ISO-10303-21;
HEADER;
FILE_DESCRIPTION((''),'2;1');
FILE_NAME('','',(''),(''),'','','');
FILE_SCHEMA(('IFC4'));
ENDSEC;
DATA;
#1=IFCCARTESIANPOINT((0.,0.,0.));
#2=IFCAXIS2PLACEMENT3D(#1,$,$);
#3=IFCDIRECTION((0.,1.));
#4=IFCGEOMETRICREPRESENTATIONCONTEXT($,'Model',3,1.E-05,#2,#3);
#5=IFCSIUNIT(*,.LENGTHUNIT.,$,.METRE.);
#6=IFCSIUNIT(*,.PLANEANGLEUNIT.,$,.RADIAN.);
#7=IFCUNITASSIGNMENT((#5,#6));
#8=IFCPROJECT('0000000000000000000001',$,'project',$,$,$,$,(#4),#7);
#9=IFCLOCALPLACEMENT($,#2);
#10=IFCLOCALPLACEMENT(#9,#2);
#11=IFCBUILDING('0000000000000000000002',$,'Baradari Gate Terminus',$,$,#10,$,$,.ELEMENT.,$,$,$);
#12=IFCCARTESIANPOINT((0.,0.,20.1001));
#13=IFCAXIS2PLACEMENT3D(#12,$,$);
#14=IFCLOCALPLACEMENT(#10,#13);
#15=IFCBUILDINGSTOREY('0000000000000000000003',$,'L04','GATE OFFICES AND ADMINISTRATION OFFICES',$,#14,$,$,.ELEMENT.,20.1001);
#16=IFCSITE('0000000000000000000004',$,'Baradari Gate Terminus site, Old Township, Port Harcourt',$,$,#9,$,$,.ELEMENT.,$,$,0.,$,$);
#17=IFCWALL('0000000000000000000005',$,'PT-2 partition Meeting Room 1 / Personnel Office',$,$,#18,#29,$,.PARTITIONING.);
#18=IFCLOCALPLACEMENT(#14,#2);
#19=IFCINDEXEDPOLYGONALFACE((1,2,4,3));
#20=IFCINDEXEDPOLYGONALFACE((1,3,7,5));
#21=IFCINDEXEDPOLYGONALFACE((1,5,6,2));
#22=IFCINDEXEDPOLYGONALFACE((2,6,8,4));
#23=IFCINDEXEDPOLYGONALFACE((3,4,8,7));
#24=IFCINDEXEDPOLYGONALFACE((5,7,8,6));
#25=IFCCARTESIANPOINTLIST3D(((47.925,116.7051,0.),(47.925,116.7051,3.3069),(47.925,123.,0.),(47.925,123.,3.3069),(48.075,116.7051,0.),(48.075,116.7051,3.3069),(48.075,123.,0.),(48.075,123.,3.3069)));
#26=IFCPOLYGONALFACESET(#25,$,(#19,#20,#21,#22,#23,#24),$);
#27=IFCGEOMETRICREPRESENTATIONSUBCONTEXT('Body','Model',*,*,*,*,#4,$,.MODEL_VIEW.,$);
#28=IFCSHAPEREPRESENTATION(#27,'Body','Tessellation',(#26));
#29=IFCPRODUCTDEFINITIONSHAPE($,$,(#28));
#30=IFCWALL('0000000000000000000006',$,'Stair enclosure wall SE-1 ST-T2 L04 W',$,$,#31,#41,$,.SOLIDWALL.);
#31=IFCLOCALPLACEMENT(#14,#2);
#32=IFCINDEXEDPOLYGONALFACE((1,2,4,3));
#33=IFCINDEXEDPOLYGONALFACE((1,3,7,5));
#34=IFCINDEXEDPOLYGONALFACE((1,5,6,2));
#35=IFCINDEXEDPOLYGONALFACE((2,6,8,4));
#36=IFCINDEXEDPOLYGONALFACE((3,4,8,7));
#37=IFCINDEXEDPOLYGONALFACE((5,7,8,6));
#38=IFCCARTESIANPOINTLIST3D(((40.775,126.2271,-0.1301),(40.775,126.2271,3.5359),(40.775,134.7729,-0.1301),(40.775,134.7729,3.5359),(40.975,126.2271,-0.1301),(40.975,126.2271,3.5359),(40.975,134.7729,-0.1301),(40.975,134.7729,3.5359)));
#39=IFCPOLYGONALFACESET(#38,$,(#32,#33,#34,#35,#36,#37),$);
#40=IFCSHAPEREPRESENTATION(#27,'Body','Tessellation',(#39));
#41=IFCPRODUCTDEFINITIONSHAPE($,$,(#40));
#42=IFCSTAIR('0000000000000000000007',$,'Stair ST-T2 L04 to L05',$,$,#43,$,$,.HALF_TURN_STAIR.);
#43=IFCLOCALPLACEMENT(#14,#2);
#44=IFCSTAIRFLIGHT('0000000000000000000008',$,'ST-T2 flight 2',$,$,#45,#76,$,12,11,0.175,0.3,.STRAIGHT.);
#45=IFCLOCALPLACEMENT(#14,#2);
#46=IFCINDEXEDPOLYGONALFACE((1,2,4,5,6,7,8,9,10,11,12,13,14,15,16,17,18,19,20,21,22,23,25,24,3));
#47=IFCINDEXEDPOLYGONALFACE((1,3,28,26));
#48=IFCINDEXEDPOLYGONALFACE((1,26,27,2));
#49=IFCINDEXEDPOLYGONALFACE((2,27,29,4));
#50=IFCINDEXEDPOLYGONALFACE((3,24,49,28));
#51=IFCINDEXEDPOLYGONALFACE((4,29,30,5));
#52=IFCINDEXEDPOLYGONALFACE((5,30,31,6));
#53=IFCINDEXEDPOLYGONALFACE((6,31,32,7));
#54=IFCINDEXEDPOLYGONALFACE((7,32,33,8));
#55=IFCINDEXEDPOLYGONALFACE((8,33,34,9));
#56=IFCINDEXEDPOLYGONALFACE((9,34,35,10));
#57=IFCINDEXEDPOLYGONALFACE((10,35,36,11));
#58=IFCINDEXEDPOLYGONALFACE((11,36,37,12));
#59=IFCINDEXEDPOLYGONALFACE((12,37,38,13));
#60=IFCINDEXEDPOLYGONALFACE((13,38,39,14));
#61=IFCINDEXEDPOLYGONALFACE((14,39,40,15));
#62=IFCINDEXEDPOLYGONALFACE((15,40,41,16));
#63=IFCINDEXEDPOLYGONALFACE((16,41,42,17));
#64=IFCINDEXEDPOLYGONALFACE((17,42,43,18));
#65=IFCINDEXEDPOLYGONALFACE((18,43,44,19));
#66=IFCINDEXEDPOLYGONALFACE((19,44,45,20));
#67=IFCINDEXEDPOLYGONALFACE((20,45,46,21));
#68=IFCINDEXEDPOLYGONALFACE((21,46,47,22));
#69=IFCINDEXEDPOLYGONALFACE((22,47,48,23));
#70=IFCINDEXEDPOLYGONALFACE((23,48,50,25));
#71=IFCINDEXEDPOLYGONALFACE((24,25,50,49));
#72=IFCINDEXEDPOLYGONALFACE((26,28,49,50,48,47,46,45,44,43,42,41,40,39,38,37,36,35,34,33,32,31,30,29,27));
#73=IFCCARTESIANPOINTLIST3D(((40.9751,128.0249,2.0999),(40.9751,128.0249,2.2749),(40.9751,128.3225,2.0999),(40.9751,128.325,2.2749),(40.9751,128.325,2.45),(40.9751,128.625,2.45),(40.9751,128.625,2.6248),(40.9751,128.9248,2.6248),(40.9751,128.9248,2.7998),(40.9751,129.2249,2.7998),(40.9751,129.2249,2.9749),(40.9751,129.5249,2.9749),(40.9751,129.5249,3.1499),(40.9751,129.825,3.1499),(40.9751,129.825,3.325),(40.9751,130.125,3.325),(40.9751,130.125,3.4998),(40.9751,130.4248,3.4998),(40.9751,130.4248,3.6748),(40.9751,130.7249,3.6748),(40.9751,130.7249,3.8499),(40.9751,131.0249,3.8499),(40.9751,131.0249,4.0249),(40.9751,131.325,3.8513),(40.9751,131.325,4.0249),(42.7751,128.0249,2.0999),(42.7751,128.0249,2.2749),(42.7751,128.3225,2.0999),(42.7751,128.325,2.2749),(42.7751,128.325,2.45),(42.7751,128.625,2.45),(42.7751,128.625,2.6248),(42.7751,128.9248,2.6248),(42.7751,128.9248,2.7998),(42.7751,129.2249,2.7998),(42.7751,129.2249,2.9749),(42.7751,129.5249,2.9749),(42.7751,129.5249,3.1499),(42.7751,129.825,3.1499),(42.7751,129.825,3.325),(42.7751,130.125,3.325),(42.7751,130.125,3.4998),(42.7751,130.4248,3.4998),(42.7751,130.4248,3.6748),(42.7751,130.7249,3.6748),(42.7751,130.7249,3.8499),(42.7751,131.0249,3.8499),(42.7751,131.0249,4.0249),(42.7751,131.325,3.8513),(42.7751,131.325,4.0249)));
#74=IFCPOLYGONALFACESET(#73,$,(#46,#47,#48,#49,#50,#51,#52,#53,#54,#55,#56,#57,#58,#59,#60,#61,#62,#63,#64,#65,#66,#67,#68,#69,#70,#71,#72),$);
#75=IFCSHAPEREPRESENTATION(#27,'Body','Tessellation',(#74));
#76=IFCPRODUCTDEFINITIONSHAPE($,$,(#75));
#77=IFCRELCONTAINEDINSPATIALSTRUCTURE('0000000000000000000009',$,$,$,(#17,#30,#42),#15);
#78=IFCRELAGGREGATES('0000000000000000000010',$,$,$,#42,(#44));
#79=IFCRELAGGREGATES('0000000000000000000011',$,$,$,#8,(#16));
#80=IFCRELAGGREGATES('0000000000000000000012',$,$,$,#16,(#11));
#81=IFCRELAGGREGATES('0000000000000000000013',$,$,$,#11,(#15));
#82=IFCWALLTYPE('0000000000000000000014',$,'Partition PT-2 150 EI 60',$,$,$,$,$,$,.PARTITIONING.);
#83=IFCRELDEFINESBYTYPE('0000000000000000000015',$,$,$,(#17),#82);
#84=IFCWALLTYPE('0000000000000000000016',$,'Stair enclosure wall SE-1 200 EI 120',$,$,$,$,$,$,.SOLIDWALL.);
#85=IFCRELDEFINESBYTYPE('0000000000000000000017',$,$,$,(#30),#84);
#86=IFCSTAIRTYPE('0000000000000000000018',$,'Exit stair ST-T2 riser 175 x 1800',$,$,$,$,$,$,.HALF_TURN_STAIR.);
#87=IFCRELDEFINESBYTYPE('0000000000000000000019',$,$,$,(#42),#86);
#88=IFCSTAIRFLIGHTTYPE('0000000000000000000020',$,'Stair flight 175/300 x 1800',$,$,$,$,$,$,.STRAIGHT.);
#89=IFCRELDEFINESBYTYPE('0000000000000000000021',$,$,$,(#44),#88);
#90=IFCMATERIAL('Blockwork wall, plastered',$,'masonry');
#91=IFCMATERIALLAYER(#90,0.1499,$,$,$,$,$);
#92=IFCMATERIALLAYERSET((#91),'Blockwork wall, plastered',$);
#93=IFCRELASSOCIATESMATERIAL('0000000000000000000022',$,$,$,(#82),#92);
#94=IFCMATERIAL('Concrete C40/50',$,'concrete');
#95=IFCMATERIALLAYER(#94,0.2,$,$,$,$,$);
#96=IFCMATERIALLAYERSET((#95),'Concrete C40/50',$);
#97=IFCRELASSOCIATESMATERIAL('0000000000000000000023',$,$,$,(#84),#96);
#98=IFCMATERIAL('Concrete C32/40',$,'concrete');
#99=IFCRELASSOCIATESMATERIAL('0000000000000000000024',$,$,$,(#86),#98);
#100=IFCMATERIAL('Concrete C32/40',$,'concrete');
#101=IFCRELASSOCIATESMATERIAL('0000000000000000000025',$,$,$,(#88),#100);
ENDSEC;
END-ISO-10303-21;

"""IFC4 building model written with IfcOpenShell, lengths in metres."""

from ifc_helpers import new_model, si_unit, direction, frame, frame_2d, origin, place, context, subcontext, project, spatial, polyline, rectangle, outline, extrude, material, layer, layer_set, type_object, element, aggregate, save


model = new_model("IFC4")

# Units and contexts
model_context = context("Model", 3, precision=1e-05, world=origin(), true_north=direction((0.0, 1.0)))
body_context = subcontext(model_context, "Body", "Model", "MODEL_VIEW")
ifc_project = project(units=[si_unit("LENGTHUNIT", "METRE"), si_unit("PLANEANGLEUNIT", "RADIAN")], contexts=[model_context])

# Site, building, storey
site_placement = place(None, origin())
site = spatial("IfcSite", under=ifc_project, at=site_placement, Name="Baradari Gate Terminus site, Old Township, Port Harcourt", CompositionType="ELEMENT", RefElevation=0.0)
building_placement = place(site_placement, origin())
building = spatial("IfcBuilding", under=site, at=building_placement, Name="Baradari Gate Terminus", CompositionType="ELEMENT")
storey_placement = place(building_placement, frame((0.0, 0.0, 20.1001)))
storey = spatial("IfcBuildingStorey", under=building, at=storey_placement, Name="L04", Description="GATE OFFICES AND ADMINISTRATION OFFICES", CompositionType="ELEMENT", Elevation=20.1001)

# Walls
ifc_material_1 = material(Name="Blockwork wall, plastered", Category="masonry")
ifc_layer_1 = layer(ifc_material_1, 0.1499)
ifc_layer_set_1 = layer_set([ifc_layer_1], Name="Blockwork wall, plastered")
wall_type_1 = type_object("IfcWallType", Name="Partition PT-2 150 EI 60", PredefinedType="PARTITIONING", material=ifc_layer_set_1)
wall_1_placement = place(storey_placement, frame((48.0, 116.7051, 0.0), z_axis=(0.0, 0.0, 1.0), x_axis=(0.0, 1.0, 0.0)))
element("IfcWall", 1, at=wall_1_placement, inside=storey, type_object=wall_type_1, Name="PT-2 partition Meeting Room 1 / Personnel Office", PredefinedType="PARTITIONING", context=body_context, shape_type="SweptSolid", body=[
    extrude(rectangle(XDim=6.2949, YDim=0.1499, at=frame_2d((3.1475, 0.0))), origin(), (0.0, 0.0, 1.0), 3.3069),
])
ifc_material_2 = material(Name="Concrete C40/50", Category="concrete")
ifc_layer_2 = layer(ifc_material_2, 0.2)
ifc_layer_set_2 = layer_set([ifc_layer_2], Name="Concrete C40/50")
wall_type_2 = type_object("IfcWallType", Name="Stair enclosure wall SE-1 200 EI 120", PredefinedType="SOLIDWALL", material=ifc_layer_set_2)
wall_2_placement = place(storey_placement, frame((40.875, 126.2271, -0.1301), z_axis=(0.0, 0.0, 1.0), x_axis=(0.0, 1.0, 0.0)))
element("IfcWall", 2, at=wall_2_placement, inside=storey, type_object=wall_type_2, Name="Stair enclosure wall SE-1 ST-T2 L04 W", PredefinedType="SOLIDWALL", context=body_context, shape_type="SweptSolid", body=[
    extrude(rectangle(XDim=8.5459, YDim=0.2, at=frame_2d((4.2729, 0.0))), origin(), (0.0, 0.0, 1.0), 3.666),
])

# Stair, stair flight
ifc_material_3 = material(Name="Concrete C32/40", Category="concrete")
stair_type = type_object("IfcStairType", Name="Exit stair ST-T2 riser 175 x 1800", PredefinedType="HALF_TURN_STAIR", material=ifc_material_3)
stair_placement = place(storey_placement, origin())
stair = element("IfcStair", 3, at=stair_placement, inside=storey, type_object=stair_type, Name="Stair ST-T2 L04 to L05", PredefinedType="HALF_TURN_STAIR")
ifc_material_4 = material(Name="Concrete C32/40", Category="concrete")
stair_flight_type = type_object("IfcStairFlightType", Name="Stair flight 175/300 x 1800", PredefinedType="STRAIGHT", material=ifc_material_4)
stair_flight_placement = place(storey_placement, frame((41.875, 128.0249, 2.0999), z_axis=(0.0, 0.0, 1.0), x_axis=(0.0, 1.0, 0.0)))
stair_flight = element("IfcStairFlight", 4, at=stair_flight_placement, type_object=stair_flight_type, Name="ST-T2 flight 2", NumberOfRisers=12, NumberOfTreads=11, PredefinedType="STRAIGHT", RiserHeight=0.175, TreadLength=0.3, context=body_context, shape_type="SweptSolid", body=[
    extrude(outline(polyline([(0.0, 0.0), (0.0, 0.175), (0.3, 0.175), (0.3, 0.3501), (0.6001, 0.3501), (0.6001, 0.5249), (0.8999, 0.5249), (0.8999, 0.7), (1.2, 0.7), (1.2, 0.875), (1.5, 0.875), (1.5, 1.05), (1.8, 1.05), (1.8, 1.2251), (2.1001, 1.2251), (2.1001, 1.3999), (2.3999, 1.3999), (2.3999, 1.575), (2.7, 1.575), (2.7, 1.75), (3.0, 1.75), (3.0, 1.925), (3.3, 1.925), (3.3, 2.1001), (3.3, 1.7515), (0.2976, 0.0), (0.0, 0.0)])), frame((0.0, 0.8999, 0.0), z_axis=(0.0, -1.0, 0.0), x_axis=(1.0, 0.0, 0.0)), (0.0, 0.0, 1.0), 1.8),
])
aggregate(stair, [stair_flight])

save(model, "model.ifc")
